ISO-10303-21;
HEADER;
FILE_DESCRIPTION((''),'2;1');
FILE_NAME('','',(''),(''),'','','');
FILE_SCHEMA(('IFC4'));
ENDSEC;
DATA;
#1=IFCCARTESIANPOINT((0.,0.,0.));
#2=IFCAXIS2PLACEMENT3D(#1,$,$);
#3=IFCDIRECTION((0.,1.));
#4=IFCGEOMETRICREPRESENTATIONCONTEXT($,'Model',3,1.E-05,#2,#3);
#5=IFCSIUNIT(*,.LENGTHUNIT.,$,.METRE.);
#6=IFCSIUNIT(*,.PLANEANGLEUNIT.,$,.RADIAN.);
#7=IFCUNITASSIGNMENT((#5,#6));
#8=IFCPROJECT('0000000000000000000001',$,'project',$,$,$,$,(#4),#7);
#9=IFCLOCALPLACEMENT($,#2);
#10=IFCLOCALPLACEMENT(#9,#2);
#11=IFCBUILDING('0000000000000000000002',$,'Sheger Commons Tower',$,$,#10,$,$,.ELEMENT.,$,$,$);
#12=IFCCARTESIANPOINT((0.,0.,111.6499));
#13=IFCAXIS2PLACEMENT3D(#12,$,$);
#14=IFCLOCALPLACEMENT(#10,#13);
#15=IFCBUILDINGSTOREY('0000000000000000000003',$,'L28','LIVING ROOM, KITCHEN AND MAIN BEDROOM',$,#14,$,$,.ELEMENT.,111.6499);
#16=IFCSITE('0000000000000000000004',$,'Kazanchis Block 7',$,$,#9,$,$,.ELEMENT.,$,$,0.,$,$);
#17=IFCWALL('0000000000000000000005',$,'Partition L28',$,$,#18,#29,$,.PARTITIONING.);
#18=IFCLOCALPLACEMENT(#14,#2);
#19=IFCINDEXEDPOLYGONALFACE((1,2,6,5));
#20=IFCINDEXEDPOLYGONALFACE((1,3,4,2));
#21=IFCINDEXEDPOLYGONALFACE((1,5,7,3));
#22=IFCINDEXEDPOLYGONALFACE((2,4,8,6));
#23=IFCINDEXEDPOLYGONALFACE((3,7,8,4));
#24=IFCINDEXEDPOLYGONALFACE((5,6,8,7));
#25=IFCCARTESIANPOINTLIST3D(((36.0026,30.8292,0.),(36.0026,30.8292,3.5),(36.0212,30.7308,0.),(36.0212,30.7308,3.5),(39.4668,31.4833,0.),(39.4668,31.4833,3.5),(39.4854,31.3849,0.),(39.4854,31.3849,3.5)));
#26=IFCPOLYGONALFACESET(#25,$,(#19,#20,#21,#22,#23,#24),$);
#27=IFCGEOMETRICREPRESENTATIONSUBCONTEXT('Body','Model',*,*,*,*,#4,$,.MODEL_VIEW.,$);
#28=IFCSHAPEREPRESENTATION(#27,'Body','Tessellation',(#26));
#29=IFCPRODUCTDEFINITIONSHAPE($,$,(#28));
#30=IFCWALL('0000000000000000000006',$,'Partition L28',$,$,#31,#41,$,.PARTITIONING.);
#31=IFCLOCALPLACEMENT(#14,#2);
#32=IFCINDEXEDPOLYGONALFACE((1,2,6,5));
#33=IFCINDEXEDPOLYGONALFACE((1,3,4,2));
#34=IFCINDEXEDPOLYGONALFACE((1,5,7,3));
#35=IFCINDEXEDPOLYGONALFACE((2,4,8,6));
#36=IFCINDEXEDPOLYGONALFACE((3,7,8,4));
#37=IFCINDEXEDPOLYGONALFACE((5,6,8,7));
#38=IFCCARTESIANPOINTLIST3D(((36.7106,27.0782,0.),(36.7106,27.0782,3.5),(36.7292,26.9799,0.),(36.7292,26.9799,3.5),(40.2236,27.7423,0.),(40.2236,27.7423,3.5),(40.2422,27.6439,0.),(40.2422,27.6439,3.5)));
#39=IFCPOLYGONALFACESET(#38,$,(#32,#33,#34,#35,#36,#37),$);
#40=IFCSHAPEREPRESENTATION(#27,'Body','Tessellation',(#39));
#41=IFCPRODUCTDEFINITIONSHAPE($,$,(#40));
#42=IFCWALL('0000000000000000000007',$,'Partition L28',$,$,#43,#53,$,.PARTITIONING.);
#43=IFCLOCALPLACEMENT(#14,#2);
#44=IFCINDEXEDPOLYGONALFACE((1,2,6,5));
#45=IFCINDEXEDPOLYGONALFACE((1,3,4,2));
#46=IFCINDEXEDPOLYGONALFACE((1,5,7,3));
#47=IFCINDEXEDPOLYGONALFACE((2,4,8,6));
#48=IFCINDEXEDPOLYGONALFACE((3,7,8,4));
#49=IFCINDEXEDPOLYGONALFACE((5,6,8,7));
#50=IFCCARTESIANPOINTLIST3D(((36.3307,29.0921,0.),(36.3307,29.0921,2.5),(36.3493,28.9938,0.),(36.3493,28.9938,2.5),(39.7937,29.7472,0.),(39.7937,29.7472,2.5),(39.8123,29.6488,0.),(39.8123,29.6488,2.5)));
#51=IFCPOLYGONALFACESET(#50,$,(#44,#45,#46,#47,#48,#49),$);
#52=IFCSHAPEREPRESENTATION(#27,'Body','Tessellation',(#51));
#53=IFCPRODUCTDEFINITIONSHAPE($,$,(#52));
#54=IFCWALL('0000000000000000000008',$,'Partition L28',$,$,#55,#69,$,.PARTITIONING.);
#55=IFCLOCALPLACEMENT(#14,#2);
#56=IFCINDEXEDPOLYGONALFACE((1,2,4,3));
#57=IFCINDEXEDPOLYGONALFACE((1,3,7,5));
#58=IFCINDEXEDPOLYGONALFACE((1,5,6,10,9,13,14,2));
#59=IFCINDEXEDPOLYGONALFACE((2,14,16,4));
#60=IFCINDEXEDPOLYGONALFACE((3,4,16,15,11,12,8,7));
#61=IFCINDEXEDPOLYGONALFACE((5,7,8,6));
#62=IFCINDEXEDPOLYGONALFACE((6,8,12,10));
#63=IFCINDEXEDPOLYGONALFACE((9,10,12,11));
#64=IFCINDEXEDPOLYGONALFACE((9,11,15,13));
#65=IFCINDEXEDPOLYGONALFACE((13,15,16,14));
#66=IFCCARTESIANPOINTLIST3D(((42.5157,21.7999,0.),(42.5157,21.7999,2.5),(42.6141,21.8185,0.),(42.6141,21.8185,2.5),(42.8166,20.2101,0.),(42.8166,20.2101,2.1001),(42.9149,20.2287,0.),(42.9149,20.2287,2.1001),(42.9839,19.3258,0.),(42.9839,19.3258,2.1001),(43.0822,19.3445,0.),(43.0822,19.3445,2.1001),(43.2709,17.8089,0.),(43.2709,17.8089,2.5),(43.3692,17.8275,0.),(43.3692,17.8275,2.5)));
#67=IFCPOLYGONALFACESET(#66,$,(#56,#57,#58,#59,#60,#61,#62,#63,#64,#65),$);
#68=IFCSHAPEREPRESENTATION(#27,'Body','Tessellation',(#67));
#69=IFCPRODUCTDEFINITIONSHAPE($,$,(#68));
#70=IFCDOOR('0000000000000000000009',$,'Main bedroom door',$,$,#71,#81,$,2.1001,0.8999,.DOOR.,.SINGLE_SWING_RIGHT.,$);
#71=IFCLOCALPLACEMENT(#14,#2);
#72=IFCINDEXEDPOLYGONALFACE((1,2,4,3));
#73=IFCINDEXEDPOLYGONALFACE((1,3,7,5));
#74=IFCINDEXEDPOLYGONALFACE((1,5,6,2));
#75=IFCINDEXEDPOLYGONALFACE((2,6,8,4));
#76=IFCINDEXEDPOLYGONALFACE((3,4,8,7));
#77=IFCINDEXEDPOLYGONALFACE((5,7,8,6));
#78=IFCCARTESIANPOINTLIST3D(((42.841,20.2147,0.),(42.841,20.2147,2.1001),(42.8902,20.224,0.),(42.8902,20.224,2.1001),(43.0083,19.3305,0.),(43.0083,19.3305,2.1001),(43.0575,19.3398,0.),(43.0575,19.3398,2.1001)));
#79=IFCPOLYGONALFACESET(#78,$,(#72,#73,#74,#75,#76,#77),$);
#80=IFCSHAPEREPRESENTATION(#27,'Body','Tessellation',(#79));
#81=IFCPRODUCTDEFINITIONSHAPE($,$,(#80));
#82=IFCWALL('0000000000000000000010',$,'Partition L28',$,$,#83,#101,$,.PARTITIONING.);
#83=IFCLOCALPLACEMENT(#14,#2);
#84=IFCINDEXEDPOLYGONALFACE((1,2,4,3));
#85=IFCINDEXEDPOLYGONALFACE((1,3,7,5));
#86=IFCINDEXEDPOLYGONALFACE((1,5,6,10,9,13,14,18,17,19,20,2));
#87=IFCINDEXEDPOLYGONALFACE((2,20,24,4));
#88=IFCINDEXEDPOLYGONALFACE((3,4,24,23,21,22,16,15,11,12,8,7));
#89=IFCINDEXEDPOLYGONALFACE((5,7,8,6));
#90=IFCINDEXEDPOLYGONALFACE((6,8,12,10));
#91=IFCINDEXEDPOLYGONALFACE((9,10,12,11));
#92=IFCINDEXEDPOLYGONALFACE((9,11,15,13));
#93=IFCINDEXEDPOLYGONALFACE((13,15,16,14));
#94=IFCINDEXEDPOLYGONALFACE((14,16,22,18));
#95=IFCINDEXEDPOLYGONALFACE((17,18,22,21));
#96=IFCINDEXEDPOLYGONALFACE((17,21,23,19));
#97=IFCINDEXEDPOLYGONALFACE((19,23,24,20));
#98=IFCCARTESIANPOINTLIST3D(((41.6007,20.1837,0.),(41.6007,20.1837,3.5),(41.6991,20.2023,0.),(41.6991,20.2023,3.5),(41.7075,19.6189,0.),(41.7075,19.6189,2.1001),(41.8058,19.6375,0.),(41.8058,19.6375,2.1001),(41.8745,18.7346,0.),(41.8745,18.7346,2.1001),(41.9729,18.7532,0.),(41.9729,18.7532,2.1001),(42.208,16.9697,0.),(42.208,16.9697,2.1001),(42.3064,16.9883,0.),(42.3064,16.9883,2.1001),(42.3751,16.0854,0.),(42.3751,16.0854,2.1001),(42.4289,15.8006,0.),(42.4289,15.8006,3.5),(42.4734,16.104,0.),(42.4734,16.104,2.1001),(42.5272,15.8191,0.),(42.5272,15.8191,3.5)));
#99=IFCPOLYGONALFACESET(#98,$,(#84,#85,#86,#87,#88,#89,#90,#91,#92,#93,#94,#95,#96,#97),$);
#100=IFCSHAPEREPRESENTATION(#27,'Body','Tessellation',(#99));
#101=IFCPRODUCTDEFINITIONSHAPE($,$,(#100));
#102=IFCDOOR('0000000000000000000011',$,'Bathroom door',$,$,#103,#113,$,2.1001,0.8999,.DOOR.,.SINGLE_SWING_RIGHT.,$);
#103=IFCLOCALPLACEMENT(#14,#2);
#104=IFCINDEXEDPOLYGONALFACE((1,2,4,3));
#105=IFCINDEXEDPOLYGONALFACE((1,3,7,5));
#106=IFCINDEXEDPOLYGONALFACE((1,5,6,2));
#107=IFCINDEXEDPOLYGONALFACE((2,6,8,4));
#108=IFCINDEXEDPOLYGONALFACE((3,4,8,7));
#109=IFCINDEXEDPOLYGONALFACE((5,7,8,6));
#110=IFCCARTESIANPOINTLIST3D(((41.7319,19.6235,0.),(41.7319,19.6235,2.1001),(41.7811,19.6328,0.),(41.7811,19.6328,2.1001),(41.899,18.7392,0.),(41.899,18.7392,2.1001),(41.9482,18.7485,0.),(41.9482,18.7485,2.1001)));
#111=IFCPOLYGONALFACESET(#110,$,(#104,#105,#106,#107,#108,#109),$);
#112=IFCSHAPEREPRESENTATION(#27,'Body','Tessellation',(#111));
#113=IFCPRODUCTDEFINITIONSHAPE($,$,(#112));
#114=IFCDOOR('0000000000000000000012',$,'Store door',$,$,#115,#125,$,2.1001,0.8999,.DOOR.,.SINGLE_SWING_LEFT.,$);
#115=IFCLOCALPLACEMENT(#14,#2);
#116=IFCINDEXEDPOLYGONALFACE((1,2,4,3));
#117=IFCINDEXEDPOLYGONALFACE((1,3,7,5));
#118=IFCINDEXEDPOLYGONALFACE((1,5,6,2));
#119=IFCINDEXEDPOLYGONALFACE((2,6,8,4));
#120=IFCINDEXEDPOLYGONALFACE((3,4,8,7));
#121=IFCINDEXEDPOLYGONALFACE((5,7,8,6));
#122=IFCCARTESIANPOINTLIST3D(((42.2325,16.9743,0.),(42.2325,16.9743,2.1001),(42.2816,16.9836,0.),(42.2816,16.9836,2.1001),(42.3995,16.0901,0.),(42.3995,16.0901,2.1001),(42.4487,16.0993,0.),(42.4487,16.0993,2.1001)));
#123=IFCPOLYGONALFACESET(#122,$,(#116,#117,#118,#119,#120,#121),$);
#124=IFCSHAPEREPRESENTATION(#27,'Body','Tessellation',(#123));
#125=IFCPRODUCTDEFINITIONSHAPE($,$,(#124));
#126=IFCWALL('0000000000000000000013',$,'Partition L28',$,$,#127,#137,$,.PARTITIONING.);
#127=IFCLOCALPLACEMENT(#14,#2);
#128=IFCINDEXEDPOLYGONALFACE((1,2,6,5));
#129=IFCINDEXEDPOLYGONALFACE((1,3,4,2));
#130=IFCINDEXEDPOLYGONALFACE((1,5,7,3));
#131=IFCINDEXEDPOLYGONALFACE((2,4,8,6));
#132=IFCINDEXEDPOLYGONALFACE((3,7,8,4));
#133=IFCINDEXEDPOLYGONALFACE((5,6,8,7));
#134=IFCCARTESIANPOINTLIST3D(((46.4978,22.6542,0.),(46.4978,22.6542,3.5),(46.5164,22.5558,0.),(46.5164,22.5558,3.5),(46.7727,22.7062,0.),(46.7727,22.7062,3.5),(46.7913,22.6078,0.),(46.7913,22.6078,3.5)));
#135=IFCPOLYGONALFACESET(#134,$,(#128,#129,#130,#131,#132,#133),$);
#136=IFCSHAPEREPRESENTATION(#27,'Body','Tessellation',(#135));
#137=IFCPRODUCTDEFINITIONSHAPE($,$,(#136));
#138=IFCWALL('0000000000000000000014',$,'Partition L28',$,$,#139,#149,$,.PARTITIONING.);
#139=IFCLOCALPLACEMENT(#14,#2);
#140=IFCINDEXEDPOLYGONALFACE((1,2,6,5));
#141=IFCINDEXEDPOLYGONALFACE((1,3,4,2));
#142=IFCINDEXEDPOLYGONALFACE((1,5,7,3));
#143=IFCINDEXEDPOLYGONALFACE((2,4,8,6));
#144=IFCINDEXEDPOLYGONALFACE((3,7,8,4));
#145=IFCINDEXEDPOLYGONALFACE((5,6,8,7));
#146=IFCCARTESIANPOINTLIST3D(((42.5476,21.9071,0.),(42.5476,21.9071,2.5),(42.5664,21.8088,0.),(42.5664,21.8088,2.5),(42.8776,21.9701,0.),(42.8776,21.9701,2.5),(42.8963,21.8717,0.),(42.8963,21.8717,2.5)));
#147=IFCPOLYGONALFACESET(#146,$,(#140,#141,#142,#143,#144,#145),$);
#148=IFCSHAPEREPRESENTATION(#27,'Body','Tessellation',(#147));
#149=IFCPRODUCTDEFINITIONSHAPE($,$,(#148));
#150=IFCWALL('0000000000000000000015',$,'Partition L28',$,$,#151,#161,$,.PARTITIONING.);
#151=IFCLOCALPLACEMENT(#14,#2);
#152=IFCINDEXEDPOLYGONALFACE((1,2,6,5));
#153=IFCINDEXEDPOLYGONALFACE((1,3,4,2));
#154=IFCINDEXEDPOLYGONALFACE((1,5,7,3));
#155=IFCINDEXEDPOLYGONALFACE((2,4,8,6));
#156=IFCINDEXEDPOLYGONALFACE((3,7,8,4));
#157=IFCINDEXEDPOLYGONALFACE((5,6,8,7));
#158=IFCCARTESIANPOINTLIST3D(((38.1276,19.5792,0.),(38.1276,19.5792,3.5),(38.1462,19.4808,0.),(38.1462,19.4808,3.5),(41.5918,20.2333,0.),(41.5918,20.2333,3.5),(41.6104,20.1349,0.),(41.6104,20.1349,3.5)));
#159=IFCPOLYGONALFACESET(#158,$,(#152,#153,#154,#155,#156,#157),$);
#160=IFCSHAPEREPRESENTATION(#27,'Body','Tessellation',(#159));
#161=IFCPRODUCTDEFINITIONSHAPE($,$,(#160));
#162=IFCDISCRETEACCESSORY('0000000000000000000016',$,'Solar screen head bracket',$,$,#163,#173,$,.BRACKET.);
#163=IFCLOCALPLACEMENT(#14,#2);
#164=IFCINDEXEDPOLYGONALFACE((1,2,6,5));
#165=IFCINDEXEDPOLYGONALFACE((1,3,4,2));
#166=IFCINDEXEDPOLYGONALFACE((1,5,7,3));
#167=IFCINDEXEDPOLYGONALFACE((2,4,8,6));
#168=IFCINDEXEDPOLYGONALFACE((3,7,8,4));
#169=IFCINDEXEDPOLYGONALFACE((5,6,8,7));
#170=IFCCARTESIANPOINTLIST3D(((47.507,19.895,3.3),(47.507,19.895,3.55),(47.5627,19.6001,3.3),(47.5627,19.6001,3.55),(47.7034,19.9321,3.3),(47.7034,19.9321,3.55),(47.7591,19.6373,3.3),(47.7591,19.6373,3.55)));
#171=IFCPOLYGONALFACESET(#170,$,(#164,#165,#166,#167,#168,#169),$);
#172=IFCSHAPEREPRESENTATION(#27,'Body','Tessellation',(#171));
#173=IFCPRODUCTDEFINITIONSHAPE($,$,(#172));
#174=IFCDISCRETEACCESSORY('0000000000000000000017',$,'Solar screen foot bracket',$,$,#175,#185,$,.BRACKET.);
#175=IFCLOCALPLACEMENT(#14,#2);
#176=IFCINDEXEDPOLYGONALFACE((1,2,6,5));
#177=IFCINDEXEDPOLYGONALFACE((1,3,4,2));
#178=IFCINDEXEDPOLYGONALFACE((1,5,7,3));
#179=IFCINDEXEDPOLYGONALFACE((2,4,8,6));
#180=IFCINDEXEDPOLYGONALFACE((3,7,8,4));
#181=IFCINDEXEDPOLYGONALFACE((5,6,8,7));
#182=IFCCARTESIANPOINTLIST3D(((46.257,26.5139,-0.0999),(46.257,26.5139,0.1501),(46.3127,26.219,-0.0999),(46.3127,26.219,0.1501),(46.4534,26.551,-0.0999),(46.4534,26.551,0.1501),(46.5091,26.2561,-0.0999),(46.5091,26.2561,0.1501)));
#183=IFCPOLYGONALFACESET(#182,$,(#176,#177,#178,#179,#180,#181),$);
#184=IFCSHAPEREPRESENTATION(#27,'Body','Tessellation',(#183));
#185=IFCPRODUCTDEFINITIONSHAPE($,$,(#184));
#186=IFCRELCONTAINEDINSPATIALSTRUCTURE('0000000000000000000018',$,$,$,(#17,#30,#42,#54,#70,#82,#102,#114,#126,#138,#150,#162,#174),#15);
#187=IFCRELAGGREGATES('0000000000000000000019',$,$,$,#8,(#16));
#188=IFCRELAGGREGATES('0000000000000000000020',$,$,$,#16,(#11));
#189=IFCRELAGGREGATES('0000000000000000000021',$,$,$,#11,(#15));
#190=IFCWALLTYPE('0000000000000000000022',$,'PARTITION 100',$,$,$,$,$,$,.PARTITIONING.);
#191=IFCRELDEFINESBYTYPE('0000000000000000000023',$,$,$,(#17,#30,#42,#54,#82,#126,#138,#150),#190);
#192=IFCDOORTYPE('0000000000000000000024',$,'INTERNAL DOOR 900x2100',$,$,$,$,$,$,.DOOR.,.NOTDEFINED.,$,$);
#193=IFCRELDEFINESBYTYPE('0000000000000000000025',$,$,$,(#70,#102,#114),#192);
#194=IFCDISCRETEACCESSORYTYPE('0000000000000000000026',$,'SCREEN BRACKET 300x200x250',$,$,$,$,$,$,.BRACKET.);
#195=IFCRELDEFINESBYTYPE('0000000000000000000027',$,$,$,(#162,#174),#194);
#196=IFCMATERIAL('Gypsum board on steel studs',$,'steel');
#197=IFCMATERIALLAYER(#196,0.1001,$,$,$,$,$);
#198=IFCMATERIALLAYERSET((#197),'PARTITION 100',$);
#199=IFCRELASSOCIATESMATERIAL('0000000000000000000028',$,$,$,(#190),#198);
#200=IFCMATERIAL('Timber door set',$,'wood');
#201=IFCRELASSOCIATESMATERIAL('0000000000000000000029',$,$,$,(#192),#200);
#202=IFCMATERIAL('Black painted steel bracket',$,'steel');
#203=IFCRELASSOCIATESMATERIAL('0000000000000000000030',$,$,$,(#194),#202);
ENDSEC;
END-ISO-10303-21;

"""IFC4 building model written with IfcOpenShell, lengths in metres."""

from ifc_helpers import new_model, si_unit, direction, frame, frame_2d, origin, origin_2d, place, context, subcontext, project, spatial, rectangle, extrude, material, layer, layer_set, type_object, element, fill, save


model = new_model("IFC4")

# Units and contexts
model_context = context("Model", 3, precision=1e-05, world=origin(), true_north=direction((0.0, 1.0)))
body_context = subcontext(model_context, "Body", "Model", "MODEL_VIEW")
ifc_project = project(units=[si_unit("LENGTHUNIT", "METRE"), si_unit("PLANEANGLEUNIT", "RADIAN")], contexts=[model_context])

# Site, building, storey
site_placement = place(None, origin())
site = spatial("IfcSite", under=ifc_project, at=site_placement, Name="Kazanchis Block 7", CompositionType="ELEMENT", RefElevation=0.0)
building_placement = place(site_placement, origin())
building = spatial("IfcBuilding", under=site, at=building_placement, Name="Sheger Commons Tower", CompositionType="ELEMENT")
storey_placement = place(building_placement, frame((0.0, 0.0, 111.6499)))
storey = spatial("IfcBuildingStorey", under=building, at=storey_placement, Name="L28", Description="LIVING ROOM, KITCHEN AND MAIN BEDROOM", CompositionType="ELEMENT", Elevation=111.6499)

# Walls
ifc_material_1 = material(Name="Gypsum board on steel studs", Category="steel")
ifc_layer_1 = layer(ifc_material_1, 0.1001)
ifc_layer_set_1 = layer_set([ifc_layer_1], Name="PARTITION 100")
wall_type_1 = type_object("IfcWallType", Name="PARTITION 100", PredefinedType="PARTITIONING", material=ifc_layer_set_1)
wall_1_placement = place(storey_placement, frame((39.4761, 31.4341, 0.0), z_axis=(0.0, 0.0, 1.0), x_axis=(-0.982639, -0.18553, 0.0)))
element("IfcWall", 1, at=wall_1_placement, inside=storey, type_object=wall_type_1, Name="Partition L28", PredefinedType="PARTITIONING", context=body_context, shape_type="SweptSolid", body=[
    extrude(rectangle(XDim=3.5254, YDim=0.1001, at=frame_2d((1.7627, 0.0))), origin(), (0.0, 0.0, 1.0), 3.5),
])
wall_2_placement = place(storey_placement, frame((40.2329, 27.6931, 0.0), z_axis=(0.0, 0.0, 1.0), x_axis=(-0.982598, -0.185744, 0.0)))
element("IfcWall", 2, at=wall_2_placement, inside=storey, type_object=wall_type_1, Name="Partition L28", PredefinedType="PARTITIONING", context=body_context, shape_type="SweptSolid", body=[
    extrude(rectangle(XDim=3.5752, YDim=0.1001, at=frame_2d((1.7876, 0.0))), origin(), (0.0, 0.0, 1.0), 3.5),
])
wall_3_placement = place(storey_placement, frame((39.803, 29.698, 0.0), z_axis=(0.0, 0.0, 1.0), x_axis=(-0.982576, -0.185861, 0.0)))
element("IfcWall", 3, at=wall_3_placement, inside=storey, type_object=wall_type_1, Name="Partition L28", PredefinedType="PARTITIONING", context=body_context, shape_type="SweptSolid", body=[
    extrude(rectangle(XDim=3.5244, YDim=0.1001, at=frame_2d((1.7622, 0.0))), origin(), (0.0, 0.0, 1.0), 2.5),
])

# Wall, opening, door
wall_4_placement = place(storey_placement, frame((42.5649, 21.8091, 0.0), z_axis=(0.0, 0.0, 1.0), x_axis=(0.18591, -0.982567, 0.0)))
wall_4 = element("IfcWall", 4, at=wall_4_placement, inside=storey, type_object=wall_type_1, Name="Partition L28", PredefinedType="PARTITIONING", context=body_context, shape_type="SweptSolid", body=[
    extrude(rectangle(XDim=4.0618, YDim=0.1001, at=frame_2d((2.0308, 0.0))), origin(), (0.0, 0.0, 1.0), 2.5),
])
opening_1_placement = place(wall_4_placement, frame((1.6179, 0.0, 0.0)))
opening_1 = element("IfcOpeningElement", 5, at=opening_1_placement, cuts=wall_4, PredefinedType="OPENING", context=body_context, shape_type="SweptSolid", body=[
    extrude(rectangle(XDim=0.8999, YDim=2.1001, at=frame_2d((0.45, 1.05))), frame((0.0, 0.0601, 0.0), z_axis=(0.0, -1.0, 0.0), x_axis=(1.0, 0.0, 0.0)), (0.0, 0.0, 1.0), 0.1201),
])
ifc_material_2 = material(Name="Timber door set", Category="wood")
door_type = type_object("IfcDoorType", Name="INTERNAL DOOR 900x2100", OperationType="NOTDEFINED", PredefinedType="DOOR", material=ifc_material_2)
door_1_placement = place(opening_1_placement, origin())
door_1 = element("IfcDoor", 6, at=door_1_placement, inside=storey, type_object=door_type, Name="Main bedroom door", OperationType="SINGLE_SWING_RIGHT", OverallHeight=2.1001, OverallWidth=0.8999, PredefinedType="DOOR", context=body_context, shape_type="SweptSolid", body=[
    extrude(rectangle(XDim=0.8999, YDim=2.1001, at=frame_2d((0.45, 1.05))), frame((0.0, 0.0249, 0.0), z_axis=(0.0, -1.0, 0.0), x_axis=(1.0, 0.0, 0.0)), (0.0, 0.0, 1.0), 0.05),
])
fill(opening_1, door_1)

# Wall, openings, doors
wall_5_placement = place(storey_placement, frame((41.6499, 20.1931, 0.0), z_axis=(0.0, 0.0, 1.0), x_axis=(0.185653, -0.982615, 0.0)))
wall_5 = element("IfcWall", 7, at=wall_5_placement, inside=storey, type_object=wall_type_1, Name="Partition L28", PredefinedType="PARTITIONING", context=body_context, shape_type="SweptSolid", body=[
    extrude(rectangle(XDim=4.4607, YDim=0.1001, at=frame_2d((2.2305, 0.0))), origin(), (0.0, 0.0, 1.0), 3.5),
])
opening_2_placement = place(wall_5_placement, frame((0.575, 0.0, 0.0)))
opening_2 = element("IfcOpeningElement", 8, at=opening_2_placement, cuts=wall_5, PredefinedType="OPENING", context=body_context, shape_type="SweptSolid", body=[
    extrude(rectangle(XDim=0.8999, YDim=2.1001, at=frame_2d((0.45, 1.05))), frame((0.0, 0.0601, 0.0), z_axis=(0.0, -1.0, 0.0), x_axis=(1.0, 0.0, 0.0)), (0.0, 0.0, 1.0), 0.1201),
])
opening_3_placement = place(wall_5_placement, frame((3.271, 0.0, 0.0)))
opening_3 = element("IfcOpeningElement", 9, at=opening_3_placement, cuts=wall_5, PredefinedType="OPENING", context=body_context, shape_type="SweptSolid", body=[
    extrude(rectangle(XDim=0.8999, YDim=2.1001, at=frame_2d((0.45, 1.05))), frame((0.0, 0.0601, 0.0), z_axis=(0.0, -1.0, 0.0), x_axis=(1.0, 0.0, 0.0)), (0.0, 0.0, 1.0), 0.1201),
])
door_2_placement = place(opening_2_placement, origin())
door_2 = element("IfcDoor", 10, at=door_2_placement, inside=storey, type_object=door_type, Name="Bathroom door", OperationType="SINGLE_SWING_RIGHT", OverallHeight=2.1001, OverallWidth=0.8999, PredefinedType="DOOR", context=body_context, shape_type="SweptSolid", body=[
    extrude(rectangle(XDim=0.8999, YDim=2.1001, at=frame_2d((0.45, 1.05))), frame((0.0, 0.0249, 0.0), z_axis=(0.0, -1.0, 0.0), x_axis=(1.0, 0.0, 0.0)), (0.0, 0.0, 1.0), 0.05),
])
fill(opening_2, door_2)
door_3_placement = place(opening_3_placement, origin())
door_3 = element("IfcDoor", 11, at=door_3_placement, inside=storey, type_object=door_type, Name="Store door", OperationType="SINGLE_SWING_LEFT", OverallHeight=2.1001, OverallWidth=0.8999, PredefinedType="DOOR", context=body_context, shape_type="SweptSolid", body=[
    extrude(rectangle(XDim=0.8999, YDim=2.1001, at=frame_2d((0.45, 1.05))), frame((0.0, 0.0249, 0.0), z_axis=(0.0, -1.0, 0.0), x_axis=(1.0, 0.0, 0.0)), (0.0, 0.0, 1.0), 0.05),
])
fill(opening_3, door_3)

# Walls
wall_6_placement = place(storey_placement, frame((46.782, 22.657, 0.0), z_axis=(0.0, 0.0, 1.0), x_axis=(-0.982575, -0.185869, 0.0)))
element("IfcWall", 12, at=wall_6_placement, inside=storey, type_object=wall_type_1, Name="Partition L28", PredefinedType="PARTITIONING", context=body_context, shape_type="SweptSolid", body=[
    extrude(rectangle(XDim=0.2798, YDim=0.1001, at=frame_2d((0.1399, 0.0))), origin(), (0.0, 0.0, 1.0), 3.5),
])
wall_7_placement = place(storey_placement, frame((42.887, 21.9209, 0.0), z_axis=(0.0, 0.0, 1.0), x_axis=(-0.982275, -0.187446, 0.0)))
element("IfcWall", 13, at=wall_7_placement, inside=storey, type_object=wall_type_1, Name="Partition L28", PredefinedType="PARTITIONING", context=body_context, shape_type="SweptSolid", body=[
    extrude(rectangle(XDim=0.3359, YDim=0.1001, at=frame_2d((0.168, 0.0))), origin(), (0.0, 0.0, 1.0), 2.5),
])
wall_8_placement = place(storey_placement, frame((41.6011, 20.1841, 0.0), z_axis=(0.0, 0.0, 1.0), x_axis=(-0.982639, -0.18553, 0.0)))
element("IfcWall", 14, at=wall_8_placement, inside=storey, type_object=wall_type_1, Name="Partition L28", PredefinedType="PARTITIONING", context=body_context, shape_type="SweptSolid", body=[
    extrude(rectangle(XDim=3.5254, YDim=0.1001, at=frame_2d((1.7627, 0.0))), origin(), (0.0, 0.0, 1.0), 3.5),
])

# Discrete accessories
ifc_material_3 = material(Name="Black painted steel bracket", Category="steel")
discrete_accessory_type = type_object("IfcDiscreteAccessoryType", Name="SCREEN BRACKET 300x200x250", PredefinedType="BRACKET", material=ifc_material_3)
for number, where, z_axis, x_axis, name in (
    (15, (47.6331, 19.7661, 3.3), (0.0, 0.0, 1.0), (-0.185615, 0.982623, 0.0), "Solar screen head bracket"),
    (16, (46.3831, 26.385, -0.0999), (0.0, 0.0, 1.0), (-0.185615, 0.982623, 0.0), "Solar screen foot bracket"),
):
    element("IfcDiscreteAccessory", number, at=place(storey_placement, frame(where, z_axis=z_axis, x_axis=x_axis)), inside=storey, type_object=discrete_accessory_type, Name=name, PredefinedType="BRACKET", context=body_context, shape_type="SweptSolid", body=[
        extrude(rectangle(XDim=0.3, YDim=0.2, at=origin_2d()), origin(), (0.0, 0.0, 1.0), 0.25),
    ])

save(model, "model.ifc")
